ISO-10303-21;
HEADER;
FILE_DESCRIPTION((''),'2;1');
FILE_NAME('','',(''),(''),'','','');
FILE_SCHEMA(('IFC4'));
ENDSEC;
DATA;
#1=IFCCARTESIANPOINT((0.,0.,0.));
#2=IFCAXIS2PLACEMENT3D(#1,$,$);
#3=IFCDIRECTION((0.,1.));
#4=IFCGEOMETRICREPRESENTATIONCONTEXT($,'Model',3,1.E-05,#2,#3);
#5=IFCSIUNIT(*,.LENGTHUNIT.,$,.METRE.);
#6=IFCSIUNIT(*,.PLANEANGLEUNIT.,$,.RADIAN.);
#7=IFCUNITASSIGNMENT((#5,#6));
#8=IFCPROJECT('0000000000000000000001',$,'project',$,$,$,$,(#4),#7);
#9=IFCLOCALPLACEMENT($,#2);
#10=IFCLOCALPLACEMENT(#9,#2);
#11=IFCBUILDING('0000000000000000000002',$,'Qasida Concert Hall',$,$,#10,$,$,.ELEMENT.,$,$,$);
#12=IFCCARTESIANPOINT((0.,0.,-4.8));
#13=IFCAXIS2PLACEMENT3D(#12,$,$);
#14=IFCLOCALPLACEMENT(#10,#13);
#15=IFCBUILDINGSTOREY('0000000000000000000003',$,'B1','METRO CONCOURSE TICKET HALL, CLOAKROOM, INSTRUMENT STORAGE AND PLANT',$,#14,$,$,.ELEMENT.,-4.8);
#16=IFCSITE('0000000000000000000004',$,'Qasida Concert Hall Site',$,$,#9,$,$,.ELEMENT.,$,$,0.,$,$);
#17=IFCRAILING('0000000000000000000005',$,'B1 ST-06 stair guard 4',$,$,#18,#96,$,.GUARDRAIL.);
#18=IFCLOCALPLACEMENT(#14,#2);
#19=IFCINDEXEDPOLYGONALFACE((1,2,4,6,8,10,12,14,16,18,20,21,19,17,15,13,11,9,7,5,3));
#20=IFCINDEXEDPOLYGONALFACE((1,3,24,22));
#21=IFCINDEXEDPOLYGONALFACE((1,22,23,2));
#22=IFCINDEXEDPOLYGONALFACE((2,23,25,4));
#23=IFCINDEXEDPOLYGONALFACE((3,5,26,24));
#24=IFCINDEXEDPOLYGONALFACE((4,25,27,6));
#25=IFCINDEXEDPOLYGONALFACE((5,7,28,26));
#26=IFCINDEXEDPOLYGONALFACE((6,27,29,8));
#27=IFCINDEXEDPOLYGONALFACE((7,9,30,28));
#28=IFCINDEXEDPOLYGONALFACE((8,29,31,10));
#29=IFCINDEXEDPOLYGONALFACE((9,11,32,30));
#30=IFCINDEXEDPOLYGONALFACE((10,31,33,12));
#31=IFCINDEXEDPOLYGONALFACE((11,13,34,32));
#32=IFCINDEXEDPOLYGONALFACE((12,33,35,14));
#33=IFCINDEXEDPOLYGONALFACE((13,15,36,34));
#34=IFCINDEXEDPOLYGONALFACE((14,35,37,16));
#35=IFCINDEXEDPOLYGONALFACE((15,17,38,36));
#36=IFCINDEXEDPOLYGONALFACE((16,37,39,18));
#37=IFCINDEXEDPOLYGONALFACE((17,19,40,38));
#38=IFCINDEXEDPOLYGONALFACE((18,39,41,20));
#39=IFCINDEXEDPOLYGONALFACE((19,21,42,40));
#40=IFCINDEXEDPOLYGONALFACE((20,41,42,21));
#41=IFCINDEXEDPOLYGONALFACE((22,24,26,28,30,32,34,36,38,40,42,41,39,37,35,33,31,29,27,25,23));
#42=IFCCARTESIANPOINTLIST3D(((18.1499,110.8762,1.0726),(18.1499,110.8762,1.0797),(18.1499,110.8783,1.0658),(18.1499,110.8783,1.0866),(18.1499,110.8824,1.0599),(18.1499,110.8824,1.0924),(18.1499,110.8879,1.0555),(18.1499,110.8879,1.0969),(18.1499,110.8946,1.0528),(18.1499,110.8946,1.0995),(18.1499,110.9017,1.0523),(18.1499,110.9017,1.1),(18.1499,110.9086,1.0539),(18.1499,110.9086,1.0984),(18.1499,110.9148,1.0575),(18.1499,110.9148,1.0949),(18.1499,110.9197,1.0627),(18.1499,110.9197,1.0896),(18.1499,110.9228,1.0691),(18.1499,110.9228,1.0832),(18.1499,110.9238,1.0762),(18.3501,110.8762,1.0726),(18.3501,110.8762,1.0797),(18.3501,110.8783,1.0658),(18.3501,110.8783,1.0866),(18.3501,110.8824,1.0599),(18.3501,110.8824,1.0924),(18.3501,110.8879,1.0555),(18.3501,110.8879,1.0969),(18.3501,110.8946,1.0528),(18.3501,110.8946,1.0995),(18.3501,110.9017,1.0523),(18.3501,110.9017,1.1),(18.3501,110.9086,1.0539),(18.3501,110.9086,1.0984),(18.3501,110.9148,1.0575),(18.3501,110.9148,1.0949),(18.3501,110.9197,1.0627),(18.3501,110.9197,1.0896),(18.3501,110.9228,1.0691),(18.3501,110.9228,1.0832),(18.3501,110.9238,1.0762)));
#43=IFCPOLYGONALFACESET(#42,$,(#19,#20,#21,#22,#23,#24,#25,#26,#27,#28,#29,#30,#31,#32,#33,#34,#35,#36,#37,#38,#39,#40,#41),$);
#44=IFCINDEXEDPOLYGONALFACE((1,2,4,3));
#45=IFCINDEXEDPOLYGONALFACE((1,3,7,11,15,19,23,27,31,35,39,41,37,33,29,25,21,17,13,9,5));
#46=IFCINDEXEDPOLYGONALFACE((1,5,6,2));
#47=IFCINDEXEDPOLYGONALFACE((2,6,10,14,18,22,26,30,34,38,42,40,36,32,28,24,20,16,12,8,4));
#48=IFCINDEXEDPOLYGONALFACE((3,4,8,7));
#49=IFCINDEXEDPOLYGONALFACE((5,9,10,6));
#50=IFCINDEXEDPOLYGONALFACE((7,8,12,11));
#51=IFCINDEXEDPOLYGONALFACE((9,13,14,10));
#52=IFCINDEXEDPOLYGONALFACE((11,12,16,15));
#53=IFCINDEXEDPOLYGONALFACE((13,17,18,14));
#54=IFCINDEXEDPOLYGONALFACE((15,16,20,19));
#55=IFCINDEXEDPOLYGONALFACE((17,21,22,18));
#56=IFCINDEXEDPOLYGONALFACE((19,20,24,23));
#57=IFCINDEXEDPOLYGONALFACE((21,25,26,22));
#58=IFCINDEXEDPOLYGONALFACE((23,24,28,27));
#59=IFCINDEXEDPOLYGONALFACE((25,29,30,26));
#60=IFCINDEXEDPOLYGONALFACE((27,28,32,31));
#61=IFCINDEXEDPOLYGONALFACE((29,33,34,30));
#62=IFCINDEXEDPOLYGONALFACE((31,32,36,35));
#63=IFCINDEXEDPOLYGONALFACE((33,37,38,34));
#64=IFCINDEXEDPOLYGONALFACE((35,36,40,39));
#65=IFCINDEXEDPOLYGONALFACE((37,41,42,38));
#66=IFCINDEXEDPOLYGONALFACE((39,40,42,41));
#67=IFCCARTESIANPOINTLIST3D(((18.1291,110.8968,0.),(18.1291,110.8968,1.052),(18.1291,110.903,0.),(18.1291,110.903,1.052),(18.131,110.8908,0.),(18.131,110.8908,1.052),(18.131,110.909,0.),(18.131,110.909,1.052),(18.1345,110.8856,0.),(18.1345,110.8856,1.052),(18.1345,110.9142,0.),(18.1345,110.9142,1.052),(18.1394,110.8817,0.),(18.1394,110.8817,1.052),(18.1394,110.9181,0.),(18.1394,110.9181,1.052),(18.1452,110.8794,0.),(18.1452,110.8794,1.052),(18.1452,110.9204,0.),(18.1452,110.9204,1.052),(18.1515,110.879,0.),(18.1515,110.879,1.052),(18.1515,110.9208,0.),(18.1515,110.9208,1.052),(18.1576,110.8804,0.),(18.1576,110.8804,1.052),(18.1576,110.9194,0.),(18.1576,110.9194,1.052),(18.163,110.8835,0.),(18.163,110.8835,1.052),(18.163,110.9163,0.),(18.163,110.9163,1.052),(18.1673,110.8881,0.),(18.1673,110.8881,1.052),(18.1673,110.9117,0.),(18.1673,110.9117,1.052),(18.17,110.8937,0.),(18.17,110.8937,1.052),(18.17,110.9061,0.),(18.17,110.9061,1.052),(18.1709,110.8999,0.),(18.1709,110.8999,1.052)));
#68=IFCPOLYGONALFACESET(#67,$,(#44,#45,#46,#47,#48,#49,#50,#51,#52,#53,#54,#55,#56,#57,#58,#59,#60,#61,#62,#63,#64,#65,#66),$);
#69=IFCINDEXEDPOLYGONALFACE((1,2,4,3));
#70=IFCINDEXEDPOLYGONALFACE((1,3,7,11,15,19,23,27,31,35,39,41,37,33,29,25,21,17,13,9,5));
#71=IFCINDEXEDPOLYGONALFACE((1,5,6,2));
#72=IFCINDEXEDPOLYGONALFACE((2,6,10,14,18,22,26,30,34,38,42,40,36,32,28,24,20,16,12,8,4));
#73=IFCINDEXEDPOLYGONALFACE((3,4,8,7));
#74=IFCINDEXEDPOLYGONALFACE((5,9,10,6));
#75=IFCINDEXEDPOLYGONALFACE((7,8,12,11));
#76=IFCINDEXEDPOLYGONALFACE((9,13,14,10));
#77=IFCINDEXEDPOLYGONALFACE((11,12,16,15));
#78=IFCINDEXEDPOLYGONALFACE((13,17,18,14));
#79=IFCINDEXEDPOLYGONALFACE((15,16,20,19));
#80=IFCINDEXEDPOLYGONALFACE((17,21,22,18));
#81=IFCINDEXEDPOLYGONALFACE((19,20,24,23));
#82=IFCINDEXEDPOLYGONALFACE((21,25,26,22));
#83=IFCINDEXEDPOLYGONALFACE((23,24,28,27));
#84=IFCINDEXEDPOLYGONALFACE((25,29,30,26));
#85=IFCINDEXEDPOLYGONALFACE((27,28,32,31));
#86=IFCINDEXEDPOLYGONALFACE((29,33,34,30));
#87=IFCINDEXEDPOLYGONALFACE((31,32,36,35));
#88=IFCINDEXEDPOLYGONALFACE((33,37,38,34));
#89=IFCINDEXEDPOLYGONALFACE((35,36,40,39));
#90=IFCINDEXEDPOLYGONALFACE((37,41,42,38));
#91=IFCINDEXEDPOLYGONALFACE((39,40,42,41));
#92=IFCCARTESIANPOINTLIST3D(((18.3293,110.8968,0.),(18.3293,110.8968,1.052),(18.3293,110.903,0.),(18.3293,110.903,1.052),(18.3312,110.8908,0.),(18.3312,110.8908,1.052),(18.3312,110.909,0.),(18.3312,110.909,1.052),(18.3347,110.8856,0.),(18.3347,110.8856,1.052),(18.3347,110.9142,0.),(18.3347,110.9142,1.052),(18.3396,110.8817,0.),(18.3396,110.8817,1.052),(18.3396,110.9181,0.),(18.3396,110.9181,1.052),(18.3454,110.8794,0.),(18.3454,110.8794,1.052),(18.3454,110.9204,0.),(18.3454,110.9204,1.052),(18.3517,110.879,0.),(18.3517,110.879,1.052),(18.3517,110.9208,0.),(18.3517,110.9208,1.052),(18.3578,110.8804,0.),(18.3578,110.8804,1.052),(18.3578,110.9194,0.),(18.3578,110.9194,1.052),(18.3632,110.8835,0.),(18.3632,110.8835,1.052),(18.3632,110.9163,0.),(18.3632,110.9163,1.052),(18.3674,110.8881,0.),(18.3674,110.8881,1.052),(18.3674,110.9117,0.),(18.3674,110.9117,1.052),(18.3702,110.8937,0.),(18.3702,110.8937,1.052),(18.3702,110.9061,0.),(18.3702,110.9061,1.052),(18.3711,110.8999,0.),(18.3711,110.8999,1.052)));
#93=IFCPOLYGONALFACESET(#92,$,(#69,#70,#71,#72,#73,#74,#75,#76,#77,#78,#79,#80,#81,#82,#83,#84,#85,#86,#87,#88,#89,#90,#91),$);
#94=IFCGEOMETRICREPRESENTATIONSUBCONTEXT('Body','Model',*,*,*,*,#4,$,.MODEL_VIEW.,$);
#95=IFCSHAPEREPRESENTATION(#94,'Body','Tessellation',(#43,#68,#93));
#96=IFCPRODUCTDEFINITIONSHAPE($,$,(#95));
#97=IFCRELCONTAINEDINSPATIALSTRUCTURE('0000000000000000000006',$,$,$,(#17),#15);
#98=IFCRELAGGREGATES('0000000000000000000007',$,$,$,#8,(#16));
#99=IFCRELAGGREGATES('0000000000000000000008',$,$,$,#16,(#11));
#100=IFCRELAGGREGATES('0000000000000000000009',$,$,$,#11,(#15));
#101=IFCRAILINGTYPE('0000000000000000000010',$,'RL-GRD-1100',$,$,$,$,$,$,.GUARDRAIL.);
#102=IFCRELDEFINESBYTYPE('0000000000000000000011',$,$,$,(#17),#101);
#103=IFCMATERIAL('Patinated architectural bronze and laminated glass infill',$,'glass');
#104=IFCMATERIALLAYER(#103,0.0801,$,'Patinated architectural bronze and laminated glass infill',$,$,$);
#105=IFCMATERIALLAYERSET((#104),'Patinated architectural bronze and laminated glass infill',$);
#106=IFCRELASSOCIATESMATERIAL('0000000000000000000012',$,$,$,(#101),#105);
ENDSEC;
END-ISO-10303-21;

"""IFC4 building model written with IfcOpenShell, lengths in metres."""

from ifc_helpers import new_model, si_unit, direction, frame, origin, origin_2d, place, context, subcontext, project, spatial, circle, extrude, material, layer, layer_set, type_object, element, save


model = new_model("IFC4")

# Units and contexts
model_context = context("Model", 3, precision=1e-05, world=origin(), true_north=direction((0.0, 1.0)))
body_context = subcontext(model_context, "Body", "Model", "MODEL_VIEW")
ifc_project = project(units=[si_unit("LENGTHUNIT", "METRE"), si_unit("PLANEANGLEUNIT", "RADIAN")], contexts=[model_context])

# Site, building, storey
site_placement = place(None, origin())
site = spatial("IfcSite", under=ifc_project, at=site_placement, Name="Qasida Concert Hall Site", CompositionType="ELEMENT", RefElevation=0.0)
building_placement = place(site_placement, origin())
building = spatial("IfcBuilding", under=site, at=building_placement, Name="Qasida Concert Hall", CompositionType="ELEMENT")
storey_placement = place(building_placement, frame((0.0, 0.0, -4.8)))
storey = spatial("IfcBuildingStorey", under=building, at=storey_placement, Name="B1", Description="METRO CONCOURSE TICKET HALL, CLOAKROOM, INSTRUMENT STORAGE AND PLANT", CompositionType="ELEMENT", Elevation=-4.8)

# Railing
ifc_material_1 = material(Name="Patinated architectural bronze and laminated glass infill", Category="glass")
ifc_layer_1 = layer(ifc_material_1, 0.0801, Name="Patinated architectural bronze and laminated glass infill")
ifc_layer_set_1 = layer_set([ifc_layer_1], Name="Patinated architectural bronze and laminated glass infill")
railing_type_1 = type_object("IfcRailingType", Name="RL-GRD-1100", PredefinedType="GUARDRAIL", material=ifc_layer_set_1)
railing_1_placement = place(storey_placement, frame((18.1499, 110.8999, 0.0)))
element("IfcRailing", 1, at=railing_1_placement, inside=storey, type_object=railing_type_1, Name="B1 ST-06 stair guard 4", PredefinedType="GUARDRAIL", context=body_context, shape_type="SweptSolid", body=[
    extrude(circle(Radius=0.0239, at=origin_2d()), frame((0.0, 0.0, 1.0762), z_axis=(1.0, 0.0, 0.0), x_axis=(0.0, 1.0, 0.0)), (0.0, 0.0, 1.0), 0.2002),
    extrude(circle(Radius=0.021, at=origin_2d()), origin(), (0.0, 0.0, 1.0), 1.052),
    extrude(circle(Radius=0.021, at=origin_2d()), frame((0.2002, 0.0, 0.0)), (0.0, 0.0, 1.0), 1.052),
])

save(model, "model.ifc")
